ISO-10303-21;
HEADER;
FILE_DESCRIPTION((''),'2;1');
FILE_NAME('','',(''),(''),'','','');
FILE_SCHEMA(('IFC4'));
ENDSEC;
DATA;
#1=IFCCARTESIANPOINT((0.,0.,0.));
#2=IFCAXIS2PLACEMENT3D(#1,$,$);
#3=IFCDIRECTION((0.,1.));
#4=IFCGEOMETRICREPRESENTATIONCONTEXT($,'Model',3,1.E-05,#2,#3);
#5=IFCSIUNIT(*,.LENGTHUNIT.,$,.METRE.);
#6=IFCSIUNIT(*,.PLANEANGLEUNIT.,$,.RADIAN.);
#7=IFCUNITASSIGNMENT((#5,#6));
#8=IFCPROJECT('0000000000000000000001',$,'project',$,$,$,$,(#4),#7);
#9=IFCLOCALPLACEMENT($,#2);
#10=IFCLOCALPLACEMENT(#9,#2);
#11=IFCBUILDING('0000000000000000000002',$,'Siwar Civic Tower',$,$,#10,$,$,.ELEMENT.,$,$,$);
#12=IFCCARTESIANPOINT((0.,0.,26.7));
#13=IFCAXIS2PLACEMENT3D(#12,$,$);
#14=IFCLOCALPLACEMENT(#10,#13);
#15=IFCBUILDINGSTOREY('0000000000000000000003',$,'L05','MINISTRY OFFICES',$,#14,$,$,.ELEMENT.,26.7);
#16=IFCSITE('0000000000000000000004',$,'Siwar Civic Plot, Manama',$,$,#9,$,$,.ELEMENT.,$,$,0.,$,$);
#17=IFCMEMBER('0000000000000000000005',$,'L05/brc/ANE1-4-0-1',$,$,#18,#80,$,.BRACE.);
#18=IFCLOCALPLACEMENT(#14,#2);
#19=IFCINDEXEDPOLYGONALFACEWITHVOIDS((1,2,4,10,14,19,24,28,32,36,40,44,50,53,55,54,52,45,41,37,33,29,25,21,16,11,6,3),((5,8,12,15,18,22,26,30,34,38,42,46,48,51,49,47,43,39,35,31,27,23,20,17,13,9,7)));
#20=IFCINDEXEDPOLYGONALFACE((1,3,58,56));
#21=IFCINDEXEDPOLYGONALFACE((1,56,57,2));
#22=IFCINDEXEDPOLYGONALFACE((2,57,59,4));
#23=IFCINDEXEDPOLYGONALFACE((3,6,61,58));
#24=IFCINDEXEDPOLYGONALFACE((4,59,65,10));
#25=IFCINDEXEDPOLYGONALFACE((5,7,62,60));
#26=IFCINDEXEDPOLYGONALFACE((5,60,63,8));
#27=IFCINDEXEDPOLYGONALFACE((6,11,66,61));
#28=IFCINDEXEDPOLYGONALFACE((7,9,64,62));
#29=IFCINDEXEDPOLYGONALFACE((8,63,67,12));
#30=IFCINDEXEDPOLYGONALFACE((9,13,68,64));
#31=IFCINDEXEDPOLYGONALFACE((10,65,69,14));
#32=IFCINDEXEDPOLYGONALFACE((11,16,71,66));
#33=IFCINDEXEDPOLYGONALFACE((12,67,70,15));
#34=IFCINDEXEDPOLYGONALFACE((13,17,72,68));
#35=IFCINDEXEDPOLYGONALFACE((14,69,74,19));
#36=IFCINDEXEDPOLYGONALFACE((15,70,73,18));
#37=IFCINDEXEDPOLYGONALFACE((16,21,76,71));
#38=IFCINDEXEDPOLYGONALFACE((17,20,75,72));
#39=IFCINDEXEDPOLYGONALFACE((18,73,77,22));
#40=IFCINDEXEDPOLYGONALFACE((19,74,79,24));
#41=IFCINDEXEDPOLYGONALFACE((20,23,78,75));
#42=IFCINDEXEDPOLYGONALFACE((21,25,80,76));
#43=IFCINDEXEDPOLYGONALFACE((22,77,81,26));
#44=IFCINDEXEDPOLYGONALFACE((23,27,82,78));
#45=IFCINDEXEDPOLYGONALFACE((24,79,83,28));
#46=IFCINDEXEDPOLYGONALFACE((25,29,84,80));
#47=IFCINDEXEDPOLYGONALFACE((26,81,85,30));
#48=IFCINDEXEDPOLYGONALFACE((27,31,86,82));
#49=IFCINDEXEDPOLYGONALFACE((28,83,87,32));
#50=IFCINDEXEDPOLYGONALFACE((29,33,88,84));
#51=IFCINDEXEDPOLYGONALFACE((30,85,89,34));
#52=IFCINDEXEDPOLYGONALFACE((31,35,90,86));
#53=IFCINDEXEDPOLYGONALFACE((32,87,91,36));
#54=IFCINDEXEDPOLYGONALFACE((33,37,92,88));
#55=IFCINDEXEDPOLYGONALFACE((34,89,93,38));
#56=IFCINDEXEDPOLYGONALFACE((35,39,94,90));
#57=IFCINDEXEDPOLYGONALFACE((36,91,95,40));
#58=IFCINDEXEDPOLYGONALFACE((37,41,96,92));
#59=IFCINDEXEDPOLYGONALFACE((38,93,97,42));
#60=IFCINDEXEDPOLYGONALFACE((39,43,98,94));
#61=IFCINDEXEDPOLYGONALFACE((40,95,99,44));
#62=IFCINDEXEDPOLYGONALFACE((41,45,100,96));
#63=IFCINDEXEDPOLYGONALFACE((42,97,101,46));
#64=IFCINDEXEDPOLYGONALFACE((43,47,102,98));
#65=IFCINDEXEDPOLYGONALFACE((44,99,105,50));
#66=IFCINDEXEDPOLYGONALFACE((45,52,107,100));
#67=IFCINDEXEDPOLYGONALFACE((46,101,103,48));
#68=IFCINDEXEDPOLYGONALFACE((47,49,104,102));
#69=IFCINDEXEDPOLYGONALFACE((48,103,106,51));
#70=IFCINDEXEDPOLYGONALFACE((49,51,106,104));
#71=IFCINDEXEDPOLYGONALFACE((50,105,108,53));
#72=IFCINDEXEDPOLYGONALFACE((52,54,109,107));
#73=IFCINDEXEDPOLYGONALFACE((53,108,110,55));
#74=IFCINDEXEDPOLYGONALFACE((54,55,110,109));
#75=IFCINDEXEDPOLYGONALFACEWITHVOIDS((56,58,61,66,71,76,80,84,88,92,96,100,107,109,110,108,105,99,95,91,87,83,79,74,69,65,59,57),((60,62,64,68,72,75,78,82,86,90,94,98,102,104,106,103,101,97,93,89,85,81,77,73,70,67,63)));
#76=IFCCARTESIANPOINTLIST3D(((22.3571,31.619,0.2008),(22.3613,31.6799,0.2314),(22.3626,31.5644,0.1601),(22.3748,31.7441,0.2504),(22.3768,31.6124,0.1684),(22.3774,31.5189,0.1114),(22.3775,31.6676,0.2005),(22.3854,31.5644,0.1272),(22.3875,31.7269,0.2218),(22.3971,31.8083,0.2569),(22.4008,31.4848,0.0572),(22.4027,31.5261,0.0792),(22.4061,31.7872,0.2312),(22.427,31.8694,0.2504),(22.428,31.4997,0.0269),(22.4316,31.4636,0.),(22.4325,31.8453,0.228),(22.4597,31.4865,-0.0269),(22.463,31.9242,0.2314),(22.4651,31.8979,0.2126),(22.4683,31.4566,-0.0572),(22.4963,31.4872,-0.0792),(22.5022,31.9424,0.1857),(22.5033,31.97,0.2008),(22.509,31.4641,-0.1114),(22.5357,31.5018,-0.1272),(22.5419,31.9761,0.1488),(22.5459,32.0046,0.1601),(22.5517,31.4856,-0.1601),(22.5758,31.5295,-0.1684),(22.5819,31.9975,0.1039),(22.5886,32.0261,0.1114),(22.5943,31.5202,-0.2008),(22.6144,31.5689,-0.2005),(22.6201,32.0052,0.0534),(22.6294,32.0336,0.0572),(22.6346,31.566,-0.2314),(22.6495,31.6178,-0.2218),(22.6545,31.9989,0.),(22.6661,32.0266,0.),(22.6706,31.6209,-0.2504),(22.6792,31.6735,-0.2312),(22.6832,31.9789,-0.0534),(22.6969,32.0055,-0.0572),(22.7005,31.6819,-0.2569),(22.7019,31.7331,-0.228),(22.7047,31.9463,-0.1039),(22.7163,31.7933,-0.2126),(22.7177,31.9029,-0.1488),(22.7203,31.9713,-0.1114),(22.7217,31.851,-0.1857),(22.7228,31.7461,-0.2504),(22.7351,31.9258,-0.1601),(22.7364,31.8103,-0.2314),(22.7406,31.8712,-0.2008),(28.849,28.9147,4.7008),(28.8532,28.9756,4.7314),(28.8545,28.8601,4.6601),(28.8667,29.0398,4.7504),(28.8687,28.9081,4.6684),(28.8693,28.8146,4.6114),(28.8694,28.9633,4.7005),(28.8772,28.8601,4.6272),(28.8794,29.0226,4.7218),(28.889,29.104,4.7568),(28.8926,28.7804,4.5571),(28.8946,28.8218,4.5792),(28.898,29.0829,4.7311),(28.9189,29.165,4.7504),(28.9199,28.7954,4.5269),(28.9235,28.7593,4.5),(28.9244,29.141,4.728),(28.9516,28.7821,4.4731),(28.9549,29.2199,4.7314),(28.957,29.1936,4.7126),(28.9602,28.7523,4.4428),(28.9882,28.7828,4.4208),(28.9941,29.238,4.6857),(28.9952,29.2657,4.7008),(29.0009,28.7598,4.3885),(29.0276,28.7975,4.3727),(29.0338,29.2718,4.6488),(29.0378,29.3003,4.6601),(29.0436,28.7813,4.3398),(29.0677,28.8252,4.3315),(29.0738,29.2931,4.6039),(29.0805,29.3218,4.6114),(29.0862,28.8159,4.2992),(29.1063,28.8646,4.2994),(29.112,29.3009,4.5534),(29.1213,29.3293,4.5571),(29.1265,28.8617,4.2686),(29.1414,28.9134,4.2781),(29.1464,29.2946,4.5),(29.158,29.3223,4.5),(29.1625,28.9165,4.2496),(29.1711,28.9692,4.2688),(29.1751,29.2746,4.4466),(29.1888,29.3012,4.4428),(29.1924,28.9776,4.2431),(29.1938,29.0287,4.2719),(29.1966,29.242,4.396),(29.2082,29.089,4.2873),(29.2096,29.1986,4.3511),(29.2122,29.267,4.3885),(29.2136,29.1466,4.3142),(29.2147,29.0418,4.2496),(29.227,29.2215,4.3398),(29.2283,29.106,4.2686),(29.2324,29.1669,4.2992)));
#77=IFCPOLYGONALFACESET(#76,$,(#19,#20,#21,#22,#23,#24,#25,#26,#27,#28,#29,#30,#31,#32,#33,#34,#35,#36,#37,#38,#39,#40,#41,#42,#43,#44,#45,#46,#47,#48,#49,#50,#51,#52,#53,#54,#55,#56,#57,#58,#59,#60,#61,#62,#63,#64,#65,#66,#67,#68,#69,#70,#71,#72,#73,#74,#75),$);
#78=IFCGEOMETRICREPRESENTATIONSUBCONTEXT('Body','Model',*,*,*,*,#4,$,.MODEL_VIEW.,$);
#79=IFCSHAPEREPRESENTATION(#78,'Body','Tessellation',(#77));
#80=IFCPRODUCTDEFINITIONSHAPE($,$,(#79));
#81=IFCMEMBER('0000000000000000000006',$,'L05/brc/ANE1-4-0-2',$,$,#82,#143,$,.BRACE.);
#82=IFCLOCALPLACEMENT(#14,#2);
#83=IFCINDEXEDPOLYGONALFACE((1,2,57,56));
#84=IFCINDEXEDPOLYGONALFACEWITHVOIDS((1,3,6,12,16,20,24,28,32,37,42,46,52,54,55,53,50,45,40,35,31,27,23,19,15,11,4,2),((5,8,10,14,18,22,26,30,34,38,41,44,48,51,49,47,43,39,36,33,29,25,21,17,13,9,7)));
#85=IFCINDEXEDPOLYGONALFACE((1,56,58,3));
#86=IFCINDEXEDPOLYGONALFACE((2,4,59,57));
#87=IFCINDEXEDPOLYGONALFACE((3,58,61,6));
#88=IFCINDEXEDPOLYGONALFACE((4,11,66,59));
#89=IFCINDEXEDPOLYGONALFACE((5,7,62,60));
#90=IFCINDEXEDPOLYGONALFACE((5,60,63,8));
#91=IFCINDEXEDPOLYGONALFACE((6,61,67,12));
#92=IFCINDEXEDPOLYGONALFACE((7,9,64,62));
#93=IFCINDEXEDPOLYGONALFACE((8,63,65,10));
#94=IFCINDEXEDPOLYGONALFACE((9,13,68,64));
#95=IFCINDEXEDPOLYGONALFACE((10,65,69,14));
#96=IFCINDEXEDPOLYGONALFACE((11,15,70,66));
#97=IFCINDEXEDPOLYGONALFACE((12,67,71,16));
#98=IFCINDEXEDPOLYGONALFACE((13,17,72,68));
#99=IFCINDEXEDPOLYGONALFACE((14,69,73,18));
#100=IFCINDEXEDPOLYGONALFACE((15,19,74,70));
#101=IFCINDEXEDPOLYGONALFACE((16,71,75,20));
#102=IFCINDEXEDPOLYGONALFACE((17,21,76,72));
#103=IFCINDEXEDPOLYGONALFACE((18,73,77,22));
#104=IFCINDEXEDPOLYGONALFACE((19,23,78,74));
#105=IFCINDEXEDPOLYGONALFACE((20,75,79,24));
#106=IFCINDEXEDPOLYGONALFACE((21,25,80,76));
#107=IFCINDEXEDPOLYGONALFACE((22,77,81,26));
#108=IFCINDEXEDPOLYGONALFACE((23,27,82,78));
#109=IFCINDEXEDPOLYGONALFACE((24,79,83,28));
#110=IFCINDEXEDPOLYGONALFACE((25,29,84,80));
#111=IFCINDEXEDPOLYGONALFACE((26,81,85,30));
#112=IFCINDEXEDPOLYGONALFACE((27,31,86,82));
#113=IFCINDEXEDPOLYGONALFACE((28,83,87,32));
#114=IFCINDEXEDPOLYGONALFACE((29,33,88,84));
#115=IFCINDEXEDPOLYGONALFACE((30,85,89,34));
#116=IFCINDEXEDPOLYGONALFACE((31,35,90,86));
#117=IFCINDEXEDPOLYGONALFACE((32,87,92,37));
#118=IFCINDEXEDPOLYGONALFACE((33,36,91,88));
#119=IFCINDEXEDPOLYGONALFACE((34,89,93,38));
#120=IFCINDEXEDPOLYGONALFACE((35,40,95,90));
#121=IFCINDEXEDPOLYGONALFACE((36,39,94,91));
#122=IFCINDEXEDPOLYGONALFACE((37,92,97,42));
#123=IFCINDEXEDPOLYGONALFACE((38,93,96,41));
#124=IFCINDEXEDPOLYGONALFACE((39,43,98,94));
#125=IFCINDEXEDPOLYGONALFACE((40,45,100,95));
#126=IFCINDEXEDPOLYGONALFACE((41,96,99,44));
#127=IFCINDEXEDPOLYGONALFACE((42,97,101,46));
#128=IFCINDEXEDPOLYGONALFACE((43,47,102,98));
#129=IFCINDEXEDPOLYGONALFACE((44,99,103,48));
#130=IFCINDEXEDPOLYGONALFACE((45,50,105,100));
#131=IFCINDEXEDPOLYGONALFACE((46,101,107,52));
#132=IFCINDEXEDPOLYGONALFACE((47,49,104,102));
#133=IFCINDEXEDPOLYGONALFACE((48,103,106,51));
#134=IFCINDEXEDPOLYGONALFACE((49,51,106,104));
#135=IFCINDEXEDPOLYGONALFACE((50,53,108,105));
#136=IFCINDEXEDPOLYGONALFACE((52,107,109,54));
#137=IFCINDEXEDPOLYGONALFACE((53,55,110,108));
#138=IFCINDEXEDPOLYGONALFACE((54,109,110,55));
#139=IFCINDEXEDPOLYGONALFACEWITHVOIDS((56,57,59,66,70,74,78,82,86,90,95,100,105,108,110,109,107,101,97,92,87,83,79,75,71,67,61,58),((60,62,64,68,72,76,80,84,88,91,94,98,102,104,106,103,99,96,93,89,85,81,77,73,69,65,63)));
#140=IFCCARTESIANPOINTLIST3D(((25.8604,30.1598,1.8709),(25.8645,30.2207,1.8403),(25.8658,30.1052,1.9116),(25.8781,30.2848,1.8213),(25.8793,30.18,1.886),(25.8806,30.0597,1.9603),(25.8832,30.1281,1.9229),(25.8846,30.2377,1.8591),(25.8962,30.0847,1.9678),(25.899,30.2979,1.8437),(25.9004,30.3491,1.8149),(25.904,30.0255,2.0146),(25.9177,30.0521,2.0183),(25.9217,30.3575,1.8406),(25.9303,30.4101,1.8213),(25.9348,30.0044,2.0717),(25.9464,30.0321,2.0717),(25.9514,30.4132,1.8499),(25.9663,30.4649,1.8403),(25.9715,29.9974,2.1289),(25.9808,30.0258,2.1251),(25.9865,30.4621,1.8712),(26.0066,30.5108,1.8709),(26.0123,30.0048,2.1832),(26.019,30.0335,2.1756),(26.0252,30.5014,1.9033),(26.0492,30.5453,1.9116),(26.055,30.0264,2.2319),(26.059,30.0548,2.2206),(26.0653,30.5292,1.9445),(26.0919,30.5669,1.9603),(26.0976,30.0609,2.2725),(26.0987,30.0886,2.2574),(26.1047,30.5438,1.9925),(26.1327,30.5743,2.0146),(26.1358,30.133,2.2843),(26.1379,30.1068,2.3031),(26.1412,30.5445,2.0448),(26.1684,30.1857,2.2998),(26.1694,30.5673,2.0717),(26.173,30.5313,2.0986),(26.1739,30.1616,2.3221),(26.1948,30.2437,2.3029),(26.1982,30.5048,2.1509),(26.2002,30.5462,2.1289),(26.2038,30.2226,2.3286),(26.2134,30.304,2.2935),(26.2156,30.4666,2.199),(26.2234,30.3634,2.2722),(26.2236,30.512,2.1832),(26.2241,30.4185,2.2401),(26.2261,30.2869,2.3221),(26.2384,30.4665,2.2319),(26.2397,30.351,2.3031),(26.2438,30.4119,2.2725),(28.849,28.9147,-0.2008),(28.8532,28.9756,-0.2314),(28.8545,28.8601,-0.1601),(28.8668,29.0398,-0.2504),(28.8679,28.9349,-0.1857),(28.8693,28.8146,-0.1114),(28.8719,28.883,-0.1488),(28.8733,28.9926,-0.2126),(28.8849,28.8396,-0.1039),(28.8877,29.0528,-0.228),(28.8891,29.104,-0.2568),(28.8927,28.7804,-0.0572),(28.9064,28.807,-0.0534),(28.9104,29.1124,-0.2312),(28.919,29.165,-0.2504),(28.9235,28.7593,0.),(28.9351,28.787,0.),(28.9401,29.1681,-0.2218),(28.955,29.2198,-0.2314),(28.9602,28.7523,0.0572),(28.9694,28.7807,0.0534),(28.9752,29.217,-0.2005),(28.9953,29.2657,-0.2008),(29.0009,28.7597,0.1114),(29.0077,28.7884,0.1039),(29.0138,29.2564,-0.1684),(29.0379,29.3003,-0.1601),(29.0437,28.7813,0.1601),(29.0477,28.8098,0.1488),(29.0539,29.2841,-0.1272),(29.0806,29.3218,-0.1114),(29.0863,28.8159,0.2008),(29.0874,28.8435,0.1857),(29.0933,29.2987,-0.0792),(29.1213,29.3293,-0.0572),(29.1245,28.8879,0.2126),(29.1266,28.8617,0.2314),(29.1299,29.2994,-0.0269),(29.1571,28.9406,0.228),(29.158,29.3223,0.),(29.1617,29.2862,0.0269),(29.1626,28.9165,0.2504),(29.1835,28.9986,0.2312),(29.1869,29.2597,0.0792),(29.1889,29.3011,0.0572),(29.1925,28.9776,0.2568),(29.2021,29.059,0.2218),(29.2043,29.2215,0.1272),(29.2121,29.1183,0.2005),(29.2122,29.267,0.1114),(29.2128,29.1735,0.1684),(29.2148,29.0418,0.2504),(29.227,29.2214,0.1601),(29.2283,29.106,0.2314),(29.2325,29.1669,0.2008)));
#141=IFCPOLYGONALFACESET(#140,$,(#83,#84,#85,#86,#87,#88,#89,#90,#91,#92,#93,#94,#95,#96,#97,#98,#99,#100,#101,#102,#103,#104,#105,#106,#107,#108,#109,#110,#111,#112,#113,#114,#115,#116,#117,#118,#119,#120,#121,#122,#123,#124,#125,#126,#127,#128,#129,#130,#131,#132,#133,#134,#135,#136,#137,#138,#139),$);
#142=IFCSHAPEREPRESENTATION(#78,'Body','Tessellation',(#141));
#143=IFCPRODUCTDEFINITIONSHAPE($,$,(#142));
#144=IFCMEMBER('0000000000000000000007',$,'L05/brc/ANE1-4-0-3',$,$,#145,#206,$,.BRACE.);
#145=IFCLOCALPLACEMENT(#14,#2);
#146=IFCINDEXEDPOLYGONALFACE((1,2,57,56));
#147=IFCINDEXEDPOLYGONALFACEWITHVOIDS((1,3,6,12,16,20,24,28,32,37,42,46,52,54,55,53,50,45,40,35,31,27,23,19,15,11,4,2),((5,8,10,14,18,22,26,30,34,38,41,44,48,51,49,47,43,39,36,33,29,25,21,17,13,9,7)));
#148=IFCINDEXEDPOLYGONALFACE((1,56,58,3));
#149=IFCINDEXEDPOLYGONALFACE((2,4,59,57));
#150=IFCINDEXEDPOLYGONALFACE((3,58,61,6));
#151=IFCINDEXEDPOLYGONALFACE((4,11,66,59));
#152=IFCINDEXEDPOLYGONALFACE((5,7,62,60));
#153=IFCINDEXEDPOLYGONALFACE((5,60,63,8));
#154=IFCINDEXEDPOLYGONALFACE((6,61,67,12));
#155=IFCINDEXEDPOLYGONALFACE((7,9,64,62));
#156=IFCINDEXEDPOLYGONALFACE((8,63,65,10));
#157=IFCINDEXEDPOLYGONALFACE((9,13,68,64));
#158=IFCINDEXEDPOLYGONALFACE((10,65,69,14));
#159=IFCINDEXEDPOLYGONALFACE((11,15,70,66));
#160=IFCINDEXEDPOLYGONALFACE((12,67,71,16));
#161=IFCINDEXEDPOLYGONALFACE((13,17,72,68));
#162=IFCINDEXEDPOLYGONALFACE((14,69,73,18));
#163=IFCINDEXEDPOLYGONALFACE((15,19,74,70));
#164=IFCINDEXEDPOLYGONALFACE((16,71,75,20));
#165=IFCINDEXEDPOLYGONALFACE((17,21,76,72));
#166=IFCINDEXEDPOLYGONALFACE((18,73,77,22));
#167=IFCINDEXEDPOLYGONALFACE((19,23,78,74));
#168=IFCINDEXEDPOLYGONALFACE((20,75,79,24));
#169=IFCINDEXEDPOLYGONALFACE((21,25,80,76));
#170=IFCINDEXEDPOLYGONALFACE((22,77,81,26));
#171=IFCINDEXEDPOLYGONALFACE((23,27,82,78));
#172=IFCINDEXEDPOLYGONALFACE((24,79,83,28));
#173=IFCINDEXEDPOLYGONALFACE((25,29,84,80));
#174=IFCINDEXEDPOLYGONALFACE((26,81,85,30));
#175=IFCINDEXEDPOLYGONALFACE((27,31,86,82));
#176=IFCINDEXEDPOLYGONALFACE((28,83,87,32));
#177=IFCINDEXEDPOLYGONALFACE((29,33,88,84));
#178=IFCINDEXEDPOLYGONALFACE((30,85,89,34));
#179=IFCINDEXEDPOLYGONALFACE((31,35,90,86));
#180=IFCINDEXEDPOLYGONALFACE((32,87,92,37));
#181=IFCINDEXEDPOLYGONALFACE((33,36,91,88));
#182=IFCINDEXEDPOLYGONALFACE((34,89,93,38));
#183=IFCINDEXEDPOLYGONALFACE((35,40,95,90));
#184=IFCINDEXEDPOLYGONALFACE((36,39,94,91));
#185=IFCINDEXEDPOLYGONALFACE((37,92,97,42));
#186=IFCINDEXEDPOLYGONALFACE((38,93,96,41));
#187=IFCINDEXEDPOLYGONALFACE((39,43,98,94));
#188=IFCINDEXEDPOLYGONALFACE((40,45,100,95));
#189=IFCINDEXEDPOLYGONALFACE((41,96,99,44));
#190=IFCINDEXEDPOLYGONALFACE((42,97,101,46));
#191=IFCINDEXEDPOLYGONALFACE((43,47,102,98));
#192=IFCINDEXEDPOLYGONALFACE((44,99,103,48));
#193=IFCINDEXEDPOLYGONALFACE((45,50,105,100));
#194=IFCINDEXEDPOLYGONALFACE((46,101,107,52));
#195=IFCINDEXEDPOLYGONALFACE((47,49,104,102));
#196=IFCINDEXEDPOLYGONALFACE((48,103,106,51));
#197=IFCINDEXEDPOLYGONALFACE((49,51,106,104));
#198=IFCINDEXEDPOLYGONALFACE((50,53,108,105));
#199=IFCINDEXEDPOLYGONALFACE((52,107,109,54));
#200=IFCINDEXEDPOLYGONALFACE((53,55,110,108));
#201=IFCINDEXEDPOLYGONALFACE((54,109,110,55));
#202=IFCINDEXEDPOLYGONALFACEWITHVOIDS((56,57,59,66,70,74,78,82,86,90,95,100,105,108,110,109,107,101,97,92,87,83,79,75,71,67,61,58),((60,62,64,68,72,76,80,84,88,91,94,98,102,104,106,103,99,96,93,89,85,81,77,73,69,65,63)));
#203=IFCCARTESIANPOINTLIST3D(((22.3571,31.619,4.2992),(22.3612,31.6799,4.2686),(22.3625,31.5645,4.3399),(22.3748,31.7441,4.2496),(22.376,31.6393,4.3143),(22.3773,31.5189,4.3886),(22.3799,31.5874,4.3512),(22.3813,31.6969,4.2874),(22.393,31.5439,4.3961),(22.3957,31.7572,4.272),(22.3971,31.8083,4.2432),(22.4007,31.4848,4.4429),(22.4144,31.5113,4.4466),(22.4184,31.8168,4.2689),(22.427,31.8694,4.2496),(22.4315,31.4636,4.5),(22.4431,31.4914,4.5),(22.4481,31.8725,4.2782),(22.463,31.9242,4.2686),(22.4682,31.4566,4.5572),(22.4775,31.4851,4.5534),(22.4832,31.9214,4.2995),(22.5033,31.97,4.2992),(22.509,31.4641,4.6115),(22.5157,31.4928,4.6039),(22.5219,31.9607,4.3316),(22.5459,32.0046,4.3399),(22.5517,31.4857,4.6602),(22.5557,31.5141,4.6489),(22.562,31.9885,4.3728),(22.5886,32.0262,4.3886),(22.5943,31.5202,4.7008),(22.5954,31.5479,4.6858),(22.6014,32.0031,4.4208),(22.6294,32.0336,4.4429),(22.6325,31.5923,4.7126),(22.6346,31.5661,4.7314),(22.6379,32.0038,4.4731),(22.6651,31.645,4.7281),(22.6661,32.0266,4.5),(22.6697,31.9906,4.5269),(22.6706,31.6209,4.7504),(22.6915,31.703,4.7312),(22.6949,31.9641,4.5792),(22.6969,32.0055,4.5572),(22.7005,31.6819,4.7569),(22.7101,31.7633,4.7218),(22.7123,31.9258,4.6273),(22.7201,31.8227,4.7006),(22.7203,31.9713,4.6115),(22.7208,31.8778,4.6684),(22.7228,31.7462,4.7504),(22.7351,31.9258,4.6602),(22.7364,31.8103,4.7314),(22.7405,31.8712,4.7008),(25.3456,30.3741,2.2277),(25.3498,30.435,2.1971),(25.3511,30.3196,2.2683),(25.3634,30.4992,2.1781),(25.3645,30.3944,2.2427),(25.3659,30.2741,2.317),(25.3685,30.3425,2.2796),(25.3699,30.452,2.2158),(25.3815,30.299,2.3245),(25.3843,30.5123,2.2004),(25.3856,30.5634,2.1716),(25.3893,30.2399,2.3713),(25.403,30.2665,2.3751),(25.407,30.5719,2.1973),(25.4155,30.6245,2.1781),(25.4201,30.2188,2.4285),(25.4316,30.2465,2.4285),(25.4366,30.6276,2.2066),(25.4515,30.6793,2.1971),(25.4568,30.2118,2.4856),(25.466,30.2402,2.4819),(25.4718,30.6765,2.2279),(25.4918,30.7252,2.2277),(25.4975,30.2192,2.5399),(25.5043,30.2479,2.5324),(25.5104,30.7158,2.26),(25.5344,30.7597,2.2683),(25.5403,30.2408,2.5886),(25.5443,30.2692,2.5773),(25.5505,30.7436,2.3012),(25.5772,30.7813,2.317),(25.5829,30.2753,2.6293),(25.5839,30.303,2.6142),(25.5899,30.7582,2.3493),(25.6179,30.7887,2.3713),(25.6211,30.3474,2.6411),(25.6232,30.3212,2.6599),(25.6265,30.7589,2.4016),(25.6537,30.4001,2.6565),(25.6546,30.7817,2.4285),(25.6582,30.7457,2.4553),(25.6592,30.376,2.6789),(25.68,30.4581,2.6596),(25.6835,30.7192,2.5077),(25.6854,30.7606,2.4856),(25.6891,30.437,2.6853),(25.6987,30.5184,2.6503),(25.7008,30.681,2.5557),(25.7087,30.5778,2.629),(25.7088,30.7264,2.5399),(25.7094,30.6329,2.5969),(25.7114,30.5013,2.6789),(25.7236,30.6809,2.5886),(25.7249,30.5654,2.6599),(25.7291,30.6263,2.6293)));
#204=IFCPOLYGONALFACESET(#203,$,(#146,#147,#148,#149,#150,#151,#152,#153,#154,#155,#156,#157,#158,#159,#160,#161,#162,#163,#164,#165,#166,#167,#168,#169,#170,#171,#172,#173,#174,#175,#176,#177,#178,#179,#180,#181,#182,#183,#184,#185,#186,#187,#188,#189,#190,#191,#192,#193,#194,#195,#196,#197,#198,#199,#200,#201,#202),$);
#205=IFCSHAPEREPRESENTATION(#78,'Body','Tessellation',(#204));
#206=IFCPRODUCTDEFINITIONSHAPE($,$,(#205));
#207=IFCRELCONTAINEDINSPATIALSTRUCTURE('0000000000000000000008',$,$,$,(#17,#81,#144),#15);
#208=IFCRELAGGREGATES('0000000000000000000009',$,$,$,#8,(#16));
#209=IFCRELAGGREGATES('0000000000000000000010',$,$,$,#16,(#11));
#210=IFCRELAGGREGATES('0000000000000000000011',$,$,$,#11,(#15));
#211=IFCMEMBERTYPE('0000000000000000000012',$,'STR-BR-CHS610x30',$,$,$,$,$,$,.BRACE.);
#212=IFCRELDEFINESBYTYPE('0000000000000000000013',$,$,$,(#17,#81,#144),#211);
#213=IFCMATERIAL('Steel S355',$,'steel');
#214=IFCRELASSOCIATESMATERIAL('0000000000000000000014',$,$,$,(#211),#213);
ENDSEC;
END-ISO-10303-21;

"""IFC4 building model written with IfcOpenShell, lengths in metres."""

from ifc_helpers import new_model, si_unit, direction, frame, origin, origin_2d, place, context, subcontext, project, spatial, hollow_circle, extrude, material, material_profile, profile_set, type_object, element, save


model = new_model("IFC4")

# Units and contexts
model_context = context("Model", 3, precision=1e-05, world=origin(), true_north=direction((0.0, 1.0)))
body_context = subcontext(model_context, "Body", "Model", "MODEL_VIEW")
ifc_project = project(units=[si_unit("LENGTHUNIT", "METRE"), si_unit("PLANEANGLEUNIT", "RADIAN")], contexts=[model_context])

# Site, building, storey
site_placement = place(None, origin())
site = spatial("IfcSite", under=ifc_project, at=site_placement, Name="Siwar Civic Plot, Manama", CompositionType="ELEMENT", RefElevation=0.0)
building_placement = place(site_placement, origin())
building = spatial("IfcBuilding", under=site, at=building_placement, Name="Siwar Civic Tower", CompositionType="ELEMENT")
storey_placement = place(building_placement, frame((0.0, 0.0, 26.7)))
storey = spatial("IfcBuildingStorey", under=building, at=storey_placement, Name="L05", Description="MINISTRY OFFICES", CompositionType="ELEMENT", Elevation=26.7)

# Members
ifc_material_1 = material(Name="Steel S355", Category="steel")
ifc_material_profile_1 = material_profile(ifc_material_1, hollow_circle(Radius=0.3049, WallThickness=0.03, at=origin_2d()), Name="CHS610x30")
ifc_profile_set_1 = profile_set([ifc_material_profile_1], Name="Steel S355")
member_type_1 = type_object("IfcMemberType", Name="STR-BR-CHS610x30", PredefinedType="BRACE", material=ifc_profile_set_1)
member_1_placement = place(storey_placement, frame((22.5488, 31.7451, 0.0), z_axis=(0.777555, -0.323906, 0.538975), x_axis=(0.384539, 0.923109, 0.0)))
element("IfcMember", 1, at=member_1_placement, inside=storey, type_object=member_type_1, Name="L05/brc/ANE1-4-0-1", PredefinedType="BRACE", context=body_context, shape_type="SweptSolid", body=[
    extrude(hollow_circle(Radius=0.3049, WallThickness=0.03, at=origin_2d()), origin(), (0.0, 0.0, 1.0), 8.3491),
])
member_2_placement = place(storey_placement, frame((29.0408, 29.0408, 0.0), z_axis=(-0.777542, 0.323923, 0.538982), x_axis=(-0.384562, -0.923099, 0.0)))
element("IfcMember", 2, at=member_2_placement, inside=storey, type_object=member_type_1, Name="L05/brc/ANE1-4-0-2", PredefinedType="BRACE", context=body_context, shape_type="SweptSolid", body=[
    extrude(hollow_circle(Radius=0.3049, WallThickness=0.03, at=origin_2d()), origin(), (0.0, 0.0, 1.0), 3.8438),
])
member_3_placement = place(storey_placement, frame((25.5374, 30.5002, 2.4285), z_axis=(-0.77756, 0.323893, 0.538975), x_axis=(-0.384524, -0.923115, 0.0)))
element("IfcMember", 3, at=member_3_placement, inside=storey, type_object=member_type_1, Name="L05/brc/ANE1-4-0-3", PredefinedType="BRACE", context=body_context, shape_type="SweptSolid", body=[
    extrude(hollow_circle(Radius=0.3049, WallThickness=0.03, at=origin_2d()), origin(), (0.0, 0.0, 1.0), 3.8435),
])

save(model, "model.ifc")
